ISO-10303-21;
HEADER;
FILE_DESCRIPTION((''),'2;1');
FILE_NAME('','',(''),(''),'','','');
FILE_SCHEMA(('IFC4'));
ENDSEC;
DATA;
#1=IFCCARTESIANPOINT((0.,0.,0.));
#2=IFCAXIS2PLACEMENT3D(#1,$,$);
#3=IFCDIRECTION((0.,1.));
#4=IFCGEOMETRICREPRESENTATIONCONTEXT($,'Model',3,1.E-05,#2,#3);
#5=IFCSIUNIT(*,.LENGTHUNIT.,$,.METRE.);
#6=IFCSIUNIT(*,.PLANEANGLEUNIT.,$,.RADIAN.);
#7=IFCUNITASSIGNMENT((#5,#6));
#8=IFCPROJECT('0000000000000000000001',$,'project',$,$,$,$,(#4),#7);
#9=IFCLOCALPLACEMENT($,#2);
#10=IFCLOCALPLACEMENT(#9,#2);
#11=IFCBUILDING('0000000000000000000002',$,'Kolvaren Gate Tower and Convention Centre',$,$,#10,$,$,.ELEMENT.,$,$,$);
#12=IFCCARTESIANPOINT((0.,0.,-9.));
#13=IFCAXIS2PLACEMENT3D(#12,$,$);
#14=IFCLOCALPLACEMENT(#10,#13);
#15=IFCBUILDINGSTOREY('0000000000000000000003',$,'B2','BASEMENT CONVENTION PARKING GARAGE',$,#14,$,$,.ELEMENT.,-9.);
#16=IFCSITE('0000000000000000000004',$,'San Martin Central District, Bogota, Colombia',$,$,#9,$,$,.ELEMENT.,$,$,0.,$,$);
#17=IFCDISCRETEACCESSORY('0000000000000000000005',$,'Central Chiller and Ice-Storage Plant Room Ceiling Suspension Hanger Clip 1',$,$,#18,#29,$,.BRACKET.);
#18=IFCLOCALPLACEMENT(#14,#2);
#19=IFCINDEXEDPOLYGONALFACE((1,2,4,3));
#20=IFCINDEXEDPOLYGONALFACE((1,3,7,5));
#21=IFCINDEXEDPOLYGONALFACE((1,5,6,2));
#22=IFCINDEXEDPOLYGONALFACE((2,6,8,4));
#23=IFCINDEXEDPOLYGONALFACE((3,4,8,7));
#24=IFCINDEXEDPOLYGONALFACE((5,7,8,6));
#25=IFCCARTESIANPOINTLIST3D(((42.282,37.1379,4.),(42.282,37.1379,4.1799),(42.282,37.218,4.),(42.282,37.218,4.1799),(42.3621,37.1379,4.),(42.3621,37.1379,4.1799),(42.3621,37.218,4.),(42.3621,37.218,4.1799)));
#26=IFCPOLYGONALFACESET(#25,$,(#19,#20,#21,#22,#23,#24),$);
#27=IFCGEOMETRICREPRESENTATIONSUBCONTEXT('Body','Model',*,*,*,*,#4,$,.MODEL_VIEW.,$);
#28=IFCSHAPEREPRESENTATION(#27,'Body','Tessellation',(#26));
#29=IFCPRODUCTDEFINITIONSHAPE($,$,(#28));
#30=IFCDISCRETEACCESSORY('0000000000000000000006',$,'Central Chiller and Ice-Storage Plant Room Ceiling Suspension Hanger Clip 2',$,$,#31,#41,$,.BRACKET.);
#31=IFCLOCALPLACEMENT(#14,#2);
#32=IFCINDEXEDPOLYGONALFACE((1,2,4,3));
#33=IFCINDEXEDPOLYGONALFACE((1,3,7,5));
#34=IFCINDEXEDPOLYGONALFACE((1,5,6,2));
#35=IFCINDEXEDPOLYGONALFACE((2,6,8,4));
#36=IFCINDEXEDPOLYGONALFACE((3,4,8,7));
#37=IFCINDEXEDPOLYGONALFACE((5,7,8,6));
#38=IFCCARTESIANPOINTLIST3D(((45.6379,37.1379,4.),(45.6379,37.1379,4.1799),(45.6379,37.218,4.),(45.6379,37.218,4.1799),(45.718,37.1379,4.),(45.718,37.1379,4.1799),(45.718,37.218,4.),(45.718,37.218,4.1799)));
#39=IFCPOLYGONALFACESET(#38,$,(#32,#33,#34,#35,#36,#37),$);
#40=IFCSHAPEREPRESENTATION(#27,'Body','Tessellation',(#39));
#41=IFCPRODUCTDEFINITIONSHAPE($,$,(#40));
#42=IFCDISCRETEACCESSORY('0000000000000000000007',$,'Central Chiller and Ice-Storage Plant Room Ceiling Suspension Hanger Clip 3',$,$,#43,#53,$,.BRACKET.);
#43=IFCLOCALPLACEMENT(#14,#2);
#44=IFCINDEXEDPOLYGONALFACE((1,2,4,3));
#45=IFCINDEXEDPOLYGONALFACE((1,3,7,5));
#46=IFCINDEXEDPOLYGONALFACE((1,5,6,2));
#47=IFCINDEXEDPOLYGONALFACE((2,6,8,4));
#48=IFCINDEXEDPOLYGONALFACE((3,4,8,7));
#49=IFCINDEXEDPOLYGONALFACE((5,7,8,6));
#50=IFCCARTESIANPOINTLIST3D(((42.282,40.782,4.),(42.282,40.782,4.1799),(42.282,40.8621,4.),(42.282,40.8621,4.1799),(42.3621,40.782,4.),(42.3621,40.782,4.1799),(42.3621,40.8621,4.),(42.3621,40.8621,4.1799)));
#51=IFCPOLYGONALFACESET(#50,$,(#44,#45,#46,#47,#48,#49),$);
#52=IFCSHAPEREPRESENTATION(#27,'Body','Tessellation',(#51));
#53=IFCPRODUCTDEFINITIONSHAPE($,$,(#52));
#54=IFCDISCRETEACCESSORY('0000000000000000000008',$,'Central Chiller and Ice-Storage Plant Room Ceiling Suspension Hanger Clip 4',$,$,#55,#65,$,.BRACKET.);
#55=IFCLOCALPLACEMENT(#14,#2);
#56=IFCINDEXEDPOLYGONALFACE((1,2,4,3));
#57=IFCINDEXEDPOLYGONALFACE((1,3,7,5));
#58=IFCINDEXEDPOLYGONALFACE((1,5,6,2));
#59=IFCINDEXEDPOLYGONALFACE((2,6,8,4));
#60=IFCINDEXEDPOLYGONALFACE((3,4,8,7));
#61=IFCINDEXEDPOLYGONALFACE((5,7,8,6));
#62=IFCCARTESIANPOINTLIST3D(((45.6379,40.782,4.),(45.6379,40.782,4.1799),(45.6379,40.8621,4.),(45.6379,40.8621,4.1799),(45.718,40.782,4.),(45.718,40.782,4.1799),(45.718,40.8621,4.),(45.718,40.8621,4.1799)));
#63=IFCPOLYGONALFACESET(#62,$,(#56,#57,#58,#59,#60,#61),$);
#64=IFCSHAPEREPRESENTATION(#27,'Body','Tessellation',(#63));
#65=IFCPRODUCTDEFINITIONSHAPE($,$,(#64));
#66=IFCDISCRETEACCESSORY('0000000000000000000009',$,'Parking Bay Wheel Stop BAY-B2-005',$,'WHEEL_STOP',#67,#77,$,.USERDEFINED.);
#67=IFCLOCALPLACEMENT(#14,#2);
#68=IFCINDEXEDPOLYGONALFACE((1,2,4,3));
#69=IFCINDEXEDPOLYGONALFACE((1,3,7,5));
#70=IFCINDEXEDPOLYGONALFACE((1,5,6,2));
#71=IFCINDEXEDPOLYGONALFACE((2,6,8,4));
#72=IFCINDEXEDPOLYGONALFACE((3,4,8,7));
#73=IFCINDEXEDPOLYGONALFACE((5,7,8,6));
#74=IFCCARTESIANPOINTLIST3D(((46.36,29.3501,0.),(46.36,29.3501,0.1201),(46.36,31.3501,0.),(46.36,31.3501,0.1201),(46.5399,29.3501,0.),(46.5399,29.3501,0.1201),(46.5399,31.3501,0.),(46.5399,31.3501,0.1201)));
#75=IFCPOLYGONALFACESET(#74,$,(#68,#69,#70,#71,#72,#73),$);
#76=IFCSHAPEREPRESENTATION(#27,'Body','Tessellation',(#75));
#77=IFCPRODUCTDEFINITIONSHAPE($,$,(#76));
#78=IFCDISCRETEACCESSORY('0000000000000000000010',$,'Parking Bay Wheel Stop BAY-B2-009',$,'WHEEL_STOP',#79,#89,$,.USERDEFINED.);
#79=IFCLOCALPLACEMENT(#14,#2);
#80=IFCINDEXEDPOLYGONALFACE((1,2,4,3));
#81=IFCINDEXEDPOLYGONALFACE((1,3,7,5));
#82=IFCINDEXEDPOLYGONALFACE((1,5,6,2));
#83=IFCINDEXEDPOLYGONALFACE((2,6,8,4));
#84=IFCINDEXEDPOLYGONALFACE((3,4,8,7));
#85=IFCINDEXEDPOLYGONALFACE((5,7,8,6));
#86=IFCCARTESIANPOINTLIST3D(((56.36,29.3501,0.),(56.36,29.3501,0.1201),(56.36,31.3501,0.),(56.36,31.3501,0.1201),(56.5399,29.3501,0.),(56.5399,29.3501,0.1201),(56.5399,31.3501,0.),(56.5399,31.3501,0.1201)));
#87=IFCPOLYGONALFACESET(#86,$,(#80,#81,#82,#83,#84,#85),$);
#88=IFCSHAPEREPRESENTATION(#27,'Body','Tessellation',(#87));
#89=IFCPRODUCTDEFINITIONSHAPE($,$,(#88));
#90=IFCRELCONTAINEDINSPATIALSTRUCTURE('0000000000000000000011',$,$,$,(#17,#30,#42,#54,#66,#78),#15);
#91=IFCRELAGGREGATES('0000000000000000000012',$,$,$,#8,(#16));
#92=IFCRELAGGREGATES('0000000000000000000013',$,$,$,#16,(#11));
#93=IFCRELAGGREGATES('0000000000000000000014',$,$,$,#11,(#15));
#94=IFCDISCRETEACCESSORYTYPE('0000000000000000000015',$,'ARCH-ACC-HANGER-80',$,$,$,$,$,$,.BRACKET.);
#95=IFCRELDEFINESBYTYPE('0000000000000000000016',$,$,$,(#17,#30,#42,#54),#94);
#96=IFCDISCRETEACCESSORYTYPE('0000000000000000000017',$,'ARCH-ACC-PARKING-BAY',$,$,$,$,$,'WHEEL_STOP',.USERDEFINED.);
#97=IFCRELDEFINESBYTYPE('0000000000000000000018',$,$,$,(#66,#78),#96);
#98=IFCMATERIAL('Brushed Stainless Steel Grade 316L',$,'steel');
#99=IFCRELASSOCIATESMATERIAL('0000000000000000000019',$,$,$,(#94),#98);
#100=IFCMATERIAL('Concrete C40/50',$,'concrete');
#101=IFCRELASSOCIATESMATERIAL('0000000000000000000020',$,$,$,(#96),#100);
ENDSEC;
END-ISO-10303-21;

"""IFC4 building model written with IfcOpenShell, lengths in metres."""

from ifc_helpers import new_model, si_unit, direction, frame, origin, origin_2d, place, context, subcontext, project, spatial, rectangle, extrude, material, type_object, element, save


model = new_model("IFC4")

# Units and contexts
model_context = context("Model", 3, precision=1e-05, world=origin(), true_north=direction((0.0, 1.0)))
body_context = subcontext(model_context, "Body", "Model", "MODEL_VIEW")
ifc_project = project(units=[si_unit("LENGTHUNIT", "METRE"), si_unit("PLANEANGLEUNIT", "RADIAN")], contexts=[model_context])

# Site, building, storey
site_placement = place(None, origin())
site = spatial("IfcSite", under=ifc_project, at=site_placement, Name="San Martin Central District, Bogota, Colombia", CompositionType="ELEMENT", RefElevation=0.0)
building_placement = place(site_placement, origin())
building = spatial("IfcBuilding", under=site, at=building_placement, Name="Kolvaren Gate Tower and Convention Centre", CompositionType="ELEMENT")
storey_placement = place(building_placement, frame((0.0, 0.0, -9.0)))
storey = spatial("IfcBuildingStorey", under=building, at=storey_placement, Name="B2", Description="BASEMENT CONVENTION PARKING GARAGE", CompositionType="ELEMENT", Elevation=-9.0)

# Discrete accessories
ifc_material_1 = material(Name="Brushed Stainless Steel Grade 316L", Category="steel")
discrete_accessory_type_1 = type_object("IfcDiscreteAccessoryType", Name="ARCH-ACC-HANGER-80", PredefinedType="BRACKET", material=ifc_material_1)
for number, where, z_axis, x_axis, name in (
    (1, (42.322, 37.178, 4.0), (0.0, 0.0, 1.0), (1.0, 0.0, 0.0), "Central Chiller and Ice-Storage Plant Room Ceiling Suspension Hanger Clip 1"),
    (2, (45.678, 37.178, 4.0), (0.0, 0.0, 1.0), (1.0, 0.0, 0.0), "Central Chiller and Ice-Storage Plant Room Ceiling Suspension Hanger Clip 2"),
    (3, (42.322, 40.822, 4.0), (0.0, 0.0, 1.0), (1.0, 0.0, 0.0), "Central Chiller and Ice-Storage Plant Room Ceiling Suspension Hanger Clip 3"),
    (4, (45.678, 40.822, 4.0), (0.0, 0.0, 1.0), (1.0, 0.0, 0.0), "Central Chiller and Ice-Storage Plant Room Ceiling Suspension Hanger Clip 4"),
):
    element("IfcDiscreteAccessory", number, at=place(storey_placement, frame(where, z_axis=z_axis, x_axis=x_axis)), inside=storey, type_object=discrete_accessory_type_1, Name=name, PredefinedType="BRACKET", context=body_context, shape_type="SweptSolid", body=[
        extrude(rectangle(XDim=0.0801, YDim=0.0801, at=origin_2d()), origin(), (0.0, 0.0, 1.0), 0.1799),
    ])
ifc_material_2 = material(Name="Concrete C40/50", Category="concrete")
discrete_accessory_type_2 = type_object("IfcDiscreteAccessoryType", Name="ARCH-ACC-PARKING-BAY", ElementType="WHEEL_STOP", PredefinedType="USERDEFINED", material=ifc_material_2)
for number, where, z_axis, x_axis, name in (
    (5, (46.45, 30.3501, 0.0), (0.0, 0.0, 1.0), (0.0, 1.0, 0.0), "Parking Bay Wheel Stop BAY-B2-005"),
    (6, (56.45, 30.3501, 0.0), (0.0, 0.0, 1.0), (0.0, 1.0, 0.0), "Parking Bay Wheel Stop BAY-B2-009"),
):
    element("IfcDiscreteAccessory", number, at=place(storey_placement, frame(where, z_axis=z_axis, x_axis=x_axis)), inside=storey, type_object=discrete_accessory_type_2, Name=name, ObjectType="WHEEL_STOP", PredefinedType="USERDEFINED", context=body_context, shape_type="SweptSolid", body=[
        extrude(rectangle(XDim=2.0, YDim=0.1799, at=origin_2d()), origin(), (0.0, 0.0, 1.0), 0.1201),
    ])

save(model, "model.ifc")
